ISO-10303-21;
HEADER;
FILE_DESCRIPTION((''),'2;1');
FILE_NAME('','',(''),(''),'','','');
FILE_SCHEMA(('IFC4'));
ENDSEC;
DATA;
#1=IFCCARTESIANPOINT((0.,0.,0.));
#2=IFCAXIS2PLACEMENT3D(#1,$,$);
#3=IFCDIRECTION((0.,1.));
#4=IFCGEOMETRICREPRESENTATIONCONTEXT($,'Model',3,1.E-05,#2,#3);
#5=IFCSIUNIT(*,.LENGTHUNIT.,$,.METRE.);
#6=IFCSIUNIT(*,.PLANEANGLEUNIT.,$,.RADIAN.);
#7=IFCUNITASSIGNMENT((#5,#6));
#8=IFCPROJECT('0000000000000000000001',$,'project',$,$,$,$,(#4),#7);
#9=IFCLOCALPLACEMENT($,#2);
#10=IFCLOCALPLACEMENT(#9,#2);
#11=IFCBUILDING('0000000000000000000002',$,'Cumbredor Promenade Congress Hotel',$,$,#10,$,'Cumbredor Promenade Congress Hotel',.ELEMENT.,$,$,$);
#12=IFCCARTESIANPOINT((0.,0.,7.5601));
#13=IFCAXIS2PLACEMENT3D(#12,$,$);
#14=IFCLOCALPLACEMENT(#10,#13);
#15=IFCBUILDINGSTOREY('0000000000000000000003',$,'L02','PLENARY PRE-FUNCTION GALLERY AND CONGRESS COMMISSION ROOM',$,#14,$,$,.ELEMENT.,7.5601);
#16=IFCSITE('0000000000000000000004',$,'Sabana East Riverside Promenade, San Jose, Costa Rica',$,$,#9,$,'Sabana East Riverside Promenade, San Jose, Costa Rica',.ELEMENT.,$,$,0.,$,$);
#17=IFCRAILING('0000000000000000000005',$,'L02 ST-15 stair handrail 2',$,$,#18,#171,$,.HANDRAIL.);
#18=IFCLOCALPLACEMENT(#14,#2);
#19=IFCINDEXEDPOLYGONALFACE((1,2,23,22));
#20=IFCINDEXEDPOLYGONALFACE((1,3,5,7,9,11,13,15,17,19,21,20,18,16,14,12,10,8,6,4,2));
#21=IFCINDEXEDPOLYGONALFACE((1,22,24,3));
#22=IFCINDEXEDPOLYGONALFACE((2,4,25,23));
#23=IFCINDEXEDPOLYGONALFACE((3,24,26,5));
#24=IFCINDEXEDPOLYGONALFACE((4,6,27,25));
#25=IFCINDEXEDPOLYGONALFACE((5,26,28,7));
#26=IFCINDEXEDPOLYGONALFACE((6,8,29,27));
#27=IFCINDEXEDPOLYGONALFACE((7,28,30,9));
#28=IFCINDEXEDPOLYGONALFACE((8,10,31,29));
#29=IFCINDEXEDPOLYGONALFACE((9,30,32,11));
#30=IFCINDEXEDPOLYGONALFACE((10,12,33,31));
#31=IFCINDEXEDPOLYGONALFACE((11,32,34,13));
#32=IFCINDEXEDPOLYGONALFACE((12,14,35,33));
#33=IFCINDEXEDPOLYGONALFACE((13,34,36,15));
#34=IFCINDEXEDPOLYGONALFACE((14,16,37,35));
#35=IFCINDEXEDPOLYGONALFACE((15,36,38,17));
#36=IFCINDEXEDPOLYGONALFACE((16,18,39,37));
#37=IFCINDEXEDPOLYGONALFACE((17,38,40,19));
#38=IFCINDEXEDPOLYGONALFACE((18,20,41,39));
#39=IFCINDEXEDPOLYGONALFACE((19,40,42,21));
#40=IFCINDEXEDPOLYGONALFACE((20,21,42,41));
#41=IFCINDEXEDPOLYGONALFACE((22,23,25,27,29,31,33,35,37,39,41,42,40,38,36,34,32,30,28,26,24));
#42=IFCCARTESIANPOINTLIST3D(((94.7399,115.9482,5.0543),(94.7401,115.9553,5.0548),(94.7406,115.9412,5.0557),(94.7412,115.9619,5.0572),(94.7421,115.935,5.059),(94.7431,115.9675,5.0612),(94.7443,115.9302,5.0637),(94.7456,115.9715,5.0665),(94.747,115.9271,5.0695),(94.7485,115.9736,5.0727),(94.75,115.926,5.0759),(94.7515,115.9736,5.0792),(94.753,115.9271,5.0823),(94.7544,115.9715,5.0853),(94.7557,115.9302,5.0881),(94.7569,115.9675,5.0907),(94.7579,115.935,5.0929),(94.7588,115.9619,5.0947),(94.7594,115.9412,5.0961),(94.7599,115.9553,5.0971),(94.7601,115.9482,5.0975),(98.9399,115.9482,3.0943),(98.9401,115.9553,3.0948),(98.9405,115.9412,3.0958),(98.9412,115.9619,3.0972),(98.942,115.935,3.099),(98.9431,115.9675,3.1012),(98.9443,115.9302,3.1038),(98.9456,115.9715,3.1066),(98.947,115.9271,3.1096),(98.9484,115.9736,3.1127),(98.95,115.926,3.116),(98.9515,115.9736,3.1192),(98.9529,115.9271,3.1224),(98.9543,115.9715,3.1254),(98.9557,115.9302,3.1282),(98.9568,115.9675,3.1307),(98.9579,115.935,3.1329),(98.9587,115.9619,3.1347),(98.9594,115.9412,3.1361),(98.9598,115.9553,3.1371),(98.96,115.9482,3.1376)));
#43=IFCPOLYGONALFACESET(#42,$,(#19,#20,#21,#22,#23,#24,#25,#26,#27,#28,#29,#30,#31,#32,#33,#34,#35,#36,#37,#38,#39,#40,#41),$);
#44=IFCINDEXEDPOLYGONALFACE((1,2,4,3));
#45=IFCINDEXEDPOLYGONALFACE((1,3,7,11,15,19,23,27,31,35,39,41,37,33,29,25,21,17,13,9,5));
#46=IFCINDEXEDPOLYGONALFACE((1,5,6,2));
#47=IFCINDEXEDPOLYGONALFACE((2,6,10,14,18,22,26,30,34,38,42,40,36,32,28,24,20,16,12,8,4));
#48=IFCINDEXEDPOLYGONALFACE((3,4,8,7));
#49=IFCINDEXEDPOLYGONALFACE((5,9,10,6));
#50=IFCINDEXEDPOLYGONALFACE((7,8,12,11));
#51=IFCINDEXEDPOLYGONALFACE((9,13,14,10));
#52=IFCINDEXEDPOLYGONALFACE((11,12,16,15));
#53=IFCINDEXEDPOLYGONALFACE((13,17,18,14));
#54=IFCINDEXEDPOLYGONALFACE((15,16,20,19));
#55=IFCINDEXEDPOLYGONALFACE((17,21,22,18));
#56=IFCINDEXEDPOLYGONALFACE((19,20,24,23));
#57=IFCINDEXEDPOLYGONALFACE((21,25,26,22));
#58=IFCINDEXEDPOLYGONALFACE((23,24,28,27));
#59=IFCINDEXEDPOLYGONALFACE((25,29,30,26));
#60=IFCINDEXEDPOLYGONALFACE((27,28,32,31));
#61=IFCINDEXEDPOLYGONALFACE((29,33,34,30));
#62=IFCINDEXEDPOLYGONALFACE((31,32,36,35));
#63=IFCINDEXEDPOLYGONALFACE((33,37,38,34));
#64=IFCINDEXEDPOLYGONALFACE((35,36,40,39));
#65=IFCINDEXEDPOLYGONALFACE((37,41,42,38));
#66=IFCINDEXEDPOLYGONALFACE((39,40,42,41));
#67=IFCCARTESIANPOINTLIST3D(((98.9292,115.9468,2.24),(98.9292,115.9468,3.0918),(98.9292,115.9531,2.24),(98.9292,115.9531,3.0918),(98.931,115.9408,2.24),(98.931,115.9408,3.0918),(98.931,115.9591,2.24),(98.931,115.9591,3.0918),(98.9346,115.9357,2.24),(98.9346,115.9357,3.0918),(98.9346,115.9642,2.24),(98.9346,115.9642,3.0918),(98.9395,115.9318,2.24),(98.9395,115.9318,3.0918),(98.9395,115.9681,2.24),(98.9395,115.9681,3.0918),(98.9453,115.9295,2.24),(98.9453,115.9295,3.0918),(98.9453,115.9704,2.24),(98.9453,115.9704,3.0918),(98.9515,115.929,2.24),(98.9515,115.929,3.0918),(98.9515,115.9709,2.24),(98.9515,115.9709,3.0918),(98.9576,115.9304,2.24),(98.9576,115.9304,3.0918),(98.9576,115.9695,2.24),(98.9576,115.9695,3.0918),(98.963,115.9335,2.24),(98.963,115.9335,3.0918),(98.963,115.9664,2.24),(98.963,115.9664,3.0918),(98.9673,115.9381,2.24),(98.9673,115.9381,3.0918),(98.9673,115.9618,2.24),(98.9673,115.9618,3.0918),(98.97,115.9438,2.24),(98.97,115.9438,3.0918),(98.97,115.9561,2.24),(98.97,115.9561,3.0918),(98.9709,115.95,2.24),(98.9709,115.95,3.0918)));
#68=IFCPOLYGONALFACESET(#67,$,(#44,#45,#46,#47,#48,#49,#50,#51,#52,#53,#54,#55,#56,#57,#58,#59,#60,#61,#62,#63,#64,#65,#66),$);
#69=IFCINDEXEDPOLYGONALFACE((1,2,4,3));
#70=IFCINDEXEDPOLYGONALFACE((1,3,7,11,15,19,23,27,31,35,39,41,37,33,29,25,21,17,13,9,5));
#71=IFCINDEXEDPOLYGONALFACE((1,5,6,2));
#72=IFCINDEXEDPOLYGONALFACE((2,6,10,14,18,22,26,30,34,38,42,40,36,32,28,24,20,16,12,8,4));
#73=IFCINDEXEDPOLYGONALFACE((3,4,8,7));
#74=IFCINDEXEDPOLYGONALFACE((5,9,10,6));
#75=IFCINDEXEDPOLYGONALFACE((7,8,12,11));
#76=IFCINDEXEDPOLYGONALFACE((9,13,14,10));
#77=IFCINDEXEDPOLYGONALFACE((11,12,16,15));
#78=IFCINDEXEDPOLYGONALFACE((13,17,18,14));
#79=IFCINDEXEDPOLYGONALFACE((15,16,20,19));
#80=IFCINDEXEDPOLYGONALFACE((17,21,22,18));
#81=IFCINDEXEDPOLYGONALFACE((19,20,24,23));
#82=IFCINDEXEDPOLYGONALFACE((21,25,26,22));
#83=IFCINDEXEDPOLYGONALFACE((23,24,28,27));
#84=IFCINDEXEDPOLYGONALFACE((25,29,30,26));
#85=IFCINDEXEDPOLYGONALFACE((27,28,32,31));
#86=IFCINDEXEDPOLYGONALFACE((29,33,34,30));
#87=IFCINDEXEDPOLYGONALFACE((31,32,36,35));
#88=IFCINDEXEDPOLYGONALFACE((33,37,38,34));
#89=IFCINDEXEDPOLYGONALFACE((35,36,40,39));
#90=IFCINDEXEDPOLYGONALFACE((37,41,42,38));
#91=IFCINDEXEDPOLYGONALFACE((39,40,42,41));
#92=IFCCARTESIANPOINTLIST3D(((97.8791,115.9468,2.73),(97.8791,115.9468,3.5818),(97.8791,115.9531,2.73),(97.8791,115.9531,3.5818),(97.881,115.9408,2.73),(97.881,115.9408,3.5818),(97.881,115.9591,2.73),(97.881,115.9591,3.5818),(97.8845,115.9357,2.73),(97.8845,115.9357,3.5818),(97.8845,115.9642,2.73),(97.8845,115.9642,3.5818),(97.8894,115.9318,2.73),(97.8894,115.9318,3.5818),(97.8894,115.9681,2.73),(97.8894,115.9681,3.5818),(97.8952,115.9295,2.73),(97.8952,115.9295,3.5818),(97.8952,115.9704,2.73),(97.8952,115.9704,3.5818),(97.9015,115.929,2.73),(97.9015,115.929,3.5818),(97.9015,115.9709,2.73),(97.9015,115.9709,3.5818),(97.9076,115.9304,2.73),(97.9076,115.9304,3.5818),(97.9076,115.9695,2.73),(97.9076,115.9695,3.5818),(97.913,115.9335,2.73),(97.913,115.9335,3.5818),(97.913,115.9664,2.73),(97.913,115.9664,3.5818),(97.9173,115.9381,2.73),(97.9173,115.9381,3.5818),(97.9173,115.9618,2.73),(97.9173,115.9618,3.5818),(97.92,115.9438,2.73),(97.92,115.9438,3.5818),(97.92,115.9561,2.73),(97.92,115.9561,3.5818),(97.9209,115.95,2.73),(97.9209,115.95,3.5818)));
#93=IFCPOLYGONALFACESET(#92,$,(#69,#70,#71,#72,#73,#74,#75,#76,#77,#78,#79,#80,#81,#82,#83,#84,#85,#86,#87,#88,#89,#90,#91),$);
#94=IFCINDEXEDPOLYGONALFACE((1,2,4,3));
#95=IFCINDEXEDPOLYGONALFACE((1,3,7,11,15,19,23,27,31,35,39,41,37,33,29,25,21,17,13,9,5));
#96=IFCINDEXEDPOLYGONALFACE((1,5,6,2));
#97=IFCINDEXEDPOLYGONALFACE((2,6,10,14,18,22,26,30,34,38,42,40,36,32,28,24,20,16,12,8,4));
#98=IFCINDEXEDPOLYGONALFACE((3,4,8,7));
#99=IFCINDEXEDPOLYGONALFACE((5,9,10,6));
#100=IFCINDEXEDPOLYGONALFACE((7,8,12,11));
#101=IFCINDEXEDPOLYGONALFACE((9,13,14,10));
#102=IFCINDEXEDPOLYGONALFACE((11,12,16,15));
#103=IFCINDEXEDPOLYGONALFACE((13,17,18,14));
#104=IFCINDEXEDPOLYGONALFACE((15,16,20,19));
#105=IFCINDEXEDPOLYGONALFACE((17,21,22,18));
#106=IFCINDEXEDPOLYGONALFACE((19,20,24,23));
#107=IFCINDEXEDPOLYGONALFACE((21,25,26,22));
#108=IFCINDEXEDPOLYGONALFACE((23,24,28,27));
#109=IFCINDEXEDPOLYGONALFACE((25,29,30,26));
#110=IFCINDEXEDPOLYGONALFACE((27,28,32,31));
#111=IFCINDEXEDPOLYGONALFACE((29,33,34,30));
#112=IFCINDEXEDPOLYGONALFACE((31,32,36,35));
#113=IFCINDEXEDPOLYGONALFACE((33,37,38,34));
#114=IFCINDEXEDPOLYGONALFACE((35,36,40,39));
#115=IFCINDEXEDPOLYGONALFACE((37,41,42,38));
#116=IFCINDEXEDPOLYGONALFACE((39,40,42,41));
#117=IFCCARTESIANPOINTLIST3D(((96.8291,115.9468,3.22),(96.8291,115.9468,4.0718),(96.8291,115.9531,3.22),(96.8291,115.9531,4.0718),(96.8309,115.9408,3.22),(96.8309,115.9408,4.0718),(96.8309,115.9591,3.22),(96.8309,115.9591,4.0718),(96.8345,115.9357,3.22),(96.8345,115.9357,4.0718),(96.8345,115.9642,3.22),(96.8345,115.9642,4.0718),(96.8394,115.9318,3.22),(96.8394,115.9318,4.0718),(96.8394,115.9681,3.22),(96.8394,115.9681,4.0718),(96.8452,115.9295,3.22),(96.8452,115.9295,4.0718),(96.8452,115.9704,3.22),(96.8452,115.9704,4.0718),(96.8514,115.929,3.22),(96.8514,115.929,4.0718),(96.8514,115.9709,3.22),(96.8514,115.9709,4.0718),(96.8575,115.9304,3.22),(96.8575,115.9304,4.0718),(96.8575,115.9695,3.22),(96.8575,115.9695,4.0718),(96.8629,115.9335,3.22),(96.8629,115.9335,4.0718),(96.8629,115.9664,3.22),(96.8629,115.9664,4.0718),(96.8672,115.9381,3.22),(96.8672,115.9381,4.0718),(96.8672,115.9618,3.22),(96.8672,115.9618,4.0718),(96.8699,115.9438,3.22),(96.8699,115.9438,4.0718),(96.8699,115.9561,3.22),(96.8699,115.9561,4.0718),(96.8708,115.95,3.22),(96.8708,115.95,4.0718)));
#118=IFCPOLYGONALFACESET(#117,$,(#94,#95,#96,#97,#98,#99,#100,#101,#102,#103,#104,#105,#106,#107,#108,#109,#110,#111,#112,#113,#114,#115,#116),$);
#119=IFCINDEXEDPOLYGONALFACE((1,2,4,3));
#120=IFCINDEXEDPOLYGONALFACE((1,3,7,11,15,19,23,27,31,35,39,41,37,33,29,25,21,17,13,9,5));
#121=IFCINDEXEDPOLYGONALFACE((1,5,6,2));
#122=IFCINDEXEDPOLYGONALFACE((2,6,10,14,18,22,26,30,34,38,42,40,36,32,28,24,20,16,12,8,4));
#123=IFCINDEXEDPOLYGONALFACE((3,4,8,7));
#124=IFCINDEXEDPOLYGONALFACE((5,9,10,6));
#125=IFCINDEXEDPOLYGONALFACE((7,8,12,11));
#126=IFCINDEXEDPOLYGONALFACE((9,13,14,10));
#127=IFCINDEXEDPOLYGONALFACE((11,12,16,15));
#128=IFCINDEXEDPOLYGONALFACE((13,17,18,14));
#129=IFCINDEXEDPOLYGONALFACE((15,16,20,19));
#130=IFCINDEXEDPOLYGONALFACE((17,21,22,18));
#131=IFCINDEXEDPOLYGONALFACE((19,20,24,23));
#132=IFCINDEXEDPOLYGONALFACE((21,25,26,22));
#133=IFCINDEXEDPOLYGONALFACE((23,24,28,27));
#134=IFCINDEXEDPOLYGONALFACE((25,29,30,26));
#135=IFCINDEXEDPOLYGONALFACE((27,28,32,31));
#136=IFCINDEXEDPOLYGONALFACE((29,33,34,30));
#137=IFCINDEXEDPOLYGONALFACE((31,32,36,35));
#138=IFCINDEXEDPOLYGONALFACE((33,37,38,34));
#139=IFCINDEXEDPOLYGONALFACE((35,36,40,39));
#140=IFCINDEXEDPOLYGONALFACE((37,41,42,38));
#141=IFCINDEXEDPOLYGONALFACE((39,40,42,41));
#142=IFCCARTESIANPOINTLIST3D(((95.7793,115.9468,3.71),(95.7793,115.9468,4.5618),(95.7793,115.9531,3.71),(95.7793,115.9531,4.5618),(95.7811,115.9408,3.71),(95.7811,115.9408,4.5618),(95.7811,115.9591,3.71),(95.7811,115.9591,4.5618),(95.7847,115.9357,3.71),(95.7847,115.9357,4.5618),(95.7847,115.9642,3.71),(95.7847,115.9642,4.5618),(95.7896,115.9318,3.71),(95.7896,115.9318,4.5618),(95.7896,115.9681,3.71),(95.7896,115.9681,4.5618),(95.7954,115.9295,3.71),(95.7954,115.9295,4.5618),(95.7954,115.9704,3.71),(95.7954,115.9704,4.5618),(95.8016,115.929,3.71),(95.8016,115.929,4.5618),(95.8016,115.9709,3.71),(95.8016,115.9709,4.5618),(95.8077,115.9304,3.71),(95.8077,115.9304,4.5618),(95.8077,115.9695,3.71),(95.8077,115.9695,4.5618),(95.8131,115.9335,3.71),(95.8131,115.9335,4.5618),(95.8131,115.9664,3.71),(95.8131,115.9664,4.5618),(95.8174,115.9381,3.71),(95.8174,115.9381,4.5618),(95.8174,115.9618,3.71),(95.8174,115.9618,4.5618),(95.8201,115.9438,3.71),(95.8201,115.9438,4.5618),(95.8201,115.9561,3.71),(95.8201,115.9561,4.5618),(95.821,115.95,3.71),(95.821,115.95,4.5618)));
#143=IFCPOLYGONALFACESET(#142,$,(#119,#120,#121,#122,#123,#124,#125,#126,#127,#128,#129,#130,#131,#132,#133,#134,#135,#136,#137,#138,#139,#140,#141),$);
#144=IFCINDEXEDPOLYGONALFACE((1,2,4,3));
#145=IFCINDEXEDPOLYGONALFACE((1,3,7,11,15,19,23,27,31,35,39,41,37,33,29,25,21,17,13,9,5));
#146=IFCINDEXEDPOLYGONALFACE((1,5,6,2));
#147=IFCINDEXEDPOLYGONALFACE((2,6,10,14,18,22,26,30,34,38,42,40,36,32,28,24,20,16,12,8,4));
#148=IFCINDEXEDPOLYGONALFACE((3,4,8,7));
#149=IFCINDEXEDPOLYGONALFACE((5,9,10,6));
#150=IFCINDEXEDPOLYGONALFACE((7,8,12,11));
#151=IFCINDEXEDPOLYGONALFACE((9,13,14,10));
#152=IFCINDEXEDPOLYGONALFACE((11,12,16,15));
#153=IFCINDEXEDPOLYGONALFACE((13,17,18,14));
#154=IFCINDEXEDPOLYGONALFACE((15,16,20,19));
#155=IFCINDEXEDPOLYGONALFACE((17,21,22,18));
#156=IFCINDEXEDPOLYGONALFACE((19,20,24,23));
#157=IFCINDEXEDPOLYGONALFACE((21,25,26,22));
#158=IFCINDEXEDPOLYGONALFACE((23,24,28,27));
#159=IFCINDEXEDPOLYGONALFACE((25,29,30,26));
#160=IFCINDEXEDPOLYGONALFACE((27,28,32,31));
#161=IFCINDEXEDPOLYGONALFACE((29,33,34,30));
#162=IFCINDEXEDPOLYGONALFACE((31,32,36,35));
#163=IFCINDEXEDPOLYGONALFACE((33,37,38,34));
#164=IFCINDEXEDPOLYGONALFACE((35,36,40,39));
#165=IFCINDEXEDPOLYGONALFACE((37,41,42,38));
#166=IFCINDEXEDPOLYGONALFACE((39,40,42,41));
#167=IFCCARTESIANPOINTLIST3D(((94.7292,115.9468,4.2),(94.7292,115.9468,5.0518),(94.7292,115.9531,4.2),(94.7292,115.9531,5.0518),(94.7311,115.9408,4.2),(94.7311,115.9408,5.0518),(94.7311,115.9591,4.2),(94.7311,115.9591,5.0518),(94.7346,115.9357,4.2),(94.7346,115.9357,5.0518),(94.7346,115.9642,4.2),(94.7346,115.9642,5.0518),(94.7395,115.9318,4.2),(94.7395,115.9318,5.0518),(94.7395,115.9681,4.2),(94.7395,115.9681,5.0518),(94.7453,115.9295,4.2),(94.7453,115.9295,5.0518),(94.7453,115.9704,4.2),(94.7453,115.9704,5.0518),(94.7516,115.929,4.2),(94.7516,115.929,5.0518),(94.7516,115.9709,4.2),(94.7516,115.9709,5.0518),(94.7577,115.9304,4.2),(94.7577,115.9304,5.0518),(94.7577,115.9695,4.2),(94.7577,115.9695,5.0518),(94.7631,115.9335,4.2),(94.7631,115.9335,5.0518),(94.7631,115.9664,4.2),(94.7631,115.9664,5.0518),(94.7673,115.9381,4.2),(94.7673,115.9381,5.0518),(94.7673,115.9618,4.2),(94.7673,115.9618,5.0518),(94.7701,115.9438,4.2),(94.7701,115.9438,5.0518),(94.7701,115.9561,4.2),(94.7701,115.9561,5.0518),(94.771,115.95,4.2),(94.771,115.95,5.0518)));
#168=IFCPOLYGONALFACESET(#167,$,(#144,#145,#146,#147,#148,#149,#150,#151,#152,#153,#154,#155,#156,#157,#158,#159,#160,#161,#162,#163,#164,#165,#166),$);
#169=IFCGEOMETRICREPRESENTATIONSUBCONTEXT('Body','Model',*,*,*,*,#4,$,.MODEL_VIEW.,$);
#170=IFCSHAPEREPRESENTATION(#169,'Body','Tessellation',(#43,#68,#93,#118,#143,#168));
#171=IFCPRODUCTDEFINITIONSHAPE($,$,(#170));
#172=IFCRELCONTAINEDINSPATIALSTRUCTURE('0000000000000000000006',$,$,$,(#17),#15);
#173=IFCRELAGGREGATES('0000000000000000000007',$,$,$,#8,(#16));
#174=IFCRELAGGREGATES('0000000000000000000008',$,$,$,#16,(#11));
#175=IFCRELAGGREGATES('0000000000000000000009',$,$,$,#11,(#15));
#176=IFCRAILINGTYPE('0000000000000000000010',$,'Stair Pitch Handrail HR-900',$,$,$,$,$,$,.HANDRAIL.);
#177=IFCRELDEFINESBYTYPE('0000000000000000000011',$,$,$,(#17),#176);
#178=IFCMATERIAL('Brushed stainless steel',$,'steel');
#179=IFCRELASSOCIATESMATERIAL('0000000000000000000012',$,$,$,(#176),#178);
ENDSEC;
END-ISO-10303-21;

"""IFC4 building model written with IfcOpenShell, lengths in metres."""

from ifc_helpers import new_model, si_unit, direction, frame, origin, origin_2d, place, context, subcontext, project, spatial, circle, extrude, material, type_object, element, save


model = new_model("IFC4")

# Units and contexts
model_context = context("Model", 3, precision=1e-05, world=origin(), true_north=direction((0.0, 1.0)))
body_context = subcontext(model_context, "Body", "Model", "MODEL_VIEW")
ifc_project = project(units=[si_unit("LENGTHUNIT", "METRE"), si_unit("PLANEANGLEUNIT", "RADIAN")], contexts=[model_context])

# Site, building, storey
site_placement = place(None, origin())
site = spatial("IfcSite", under=ifc_project, at=site_placement, Name="Sabana East Riverside Promenade, San Jose, Costa Rica", LongName="Sabana East Riverside Promenade, San Jose, Costa Rica", CompositionType="ELEMENT", RefElevation=0.0)
building_placement = place(site_placement, origin())
building = spatial("IfcBuilding", under=site, at=building_placement, Name="Cumbredor Promenade Congress Hotel", LongName="Cumbredor Promenade Congress Hotel", CompositionType="ELEMENT")
storey_placement = place(building_placement, frame((0.0, 0.0, 7.5601)))
storey = spatial("IfcBuildingStorey", under=building, at=storey_placement, Name="L02", Description="PLENARY PRE-FUNCTION GALLERY AND CONGRESS COMMISSION ROOM", CompositionType="ELEMENT", Elevation=7.5601)

# Railing
ifc_material_1 = material(Name="Brushed stainless steel", Category="steel")
railing_type_1 = type_object("IfcRailingType", Name="Stair Pitch Handrail HR-900", PredefinedType="HANDRAIL", material=ifc_material_1)
railing_1_placement = place(storey_placement, frame((98.95, 115.95, 2.24)))
element("IfcRailing", 1, at=railing_1_placement, inside=storey, type_object=railing_type_1, Name="L02 ST-15 stair handrail 2", PredefinedType="HANDRAIL", context=body_context, shape_type="SweptSolid", body=[
    extrude(circle(Radius=0.0239, at=origin_2d()), frame((0.0, 0.0, 0.876), z_axis=(-0.906184, 0.0, 0.422883), x_axis=(0.0, -1.0, 0.0)), (0.0, 0.0, 1.0), 4.6348),
    extrude(circle(Radius=0.021, at=origin_2d()), origin(), (0.0, 0.0, 1.0), 0.8518),
    extrude(circle(Radius=0.021, at=origin_2d()), frame((-1.05, 0.0, 0.49)), (0.0, 0.0, 1.0), 0.8518),
    extrude(circle(Radius=0.021, at=origin_2d()), frame((-2.1001, 0.0, 0.98)), (0.0, 0.0, 1.0), 0.8518),
    extrude(circle(Radius=0.021, at=origin_2d()), frame((-3.1499, 0.0, 1.47)), (0.0, 0.0, 1.0), 0.8518),
    extrude(circle(Radius=0.021, at=origin_2d()), frame((-4.2, 0.0, 1.96)), (0.0, 0.0, 1.0), 0.8518),
])

save(model, "model.ifc")
